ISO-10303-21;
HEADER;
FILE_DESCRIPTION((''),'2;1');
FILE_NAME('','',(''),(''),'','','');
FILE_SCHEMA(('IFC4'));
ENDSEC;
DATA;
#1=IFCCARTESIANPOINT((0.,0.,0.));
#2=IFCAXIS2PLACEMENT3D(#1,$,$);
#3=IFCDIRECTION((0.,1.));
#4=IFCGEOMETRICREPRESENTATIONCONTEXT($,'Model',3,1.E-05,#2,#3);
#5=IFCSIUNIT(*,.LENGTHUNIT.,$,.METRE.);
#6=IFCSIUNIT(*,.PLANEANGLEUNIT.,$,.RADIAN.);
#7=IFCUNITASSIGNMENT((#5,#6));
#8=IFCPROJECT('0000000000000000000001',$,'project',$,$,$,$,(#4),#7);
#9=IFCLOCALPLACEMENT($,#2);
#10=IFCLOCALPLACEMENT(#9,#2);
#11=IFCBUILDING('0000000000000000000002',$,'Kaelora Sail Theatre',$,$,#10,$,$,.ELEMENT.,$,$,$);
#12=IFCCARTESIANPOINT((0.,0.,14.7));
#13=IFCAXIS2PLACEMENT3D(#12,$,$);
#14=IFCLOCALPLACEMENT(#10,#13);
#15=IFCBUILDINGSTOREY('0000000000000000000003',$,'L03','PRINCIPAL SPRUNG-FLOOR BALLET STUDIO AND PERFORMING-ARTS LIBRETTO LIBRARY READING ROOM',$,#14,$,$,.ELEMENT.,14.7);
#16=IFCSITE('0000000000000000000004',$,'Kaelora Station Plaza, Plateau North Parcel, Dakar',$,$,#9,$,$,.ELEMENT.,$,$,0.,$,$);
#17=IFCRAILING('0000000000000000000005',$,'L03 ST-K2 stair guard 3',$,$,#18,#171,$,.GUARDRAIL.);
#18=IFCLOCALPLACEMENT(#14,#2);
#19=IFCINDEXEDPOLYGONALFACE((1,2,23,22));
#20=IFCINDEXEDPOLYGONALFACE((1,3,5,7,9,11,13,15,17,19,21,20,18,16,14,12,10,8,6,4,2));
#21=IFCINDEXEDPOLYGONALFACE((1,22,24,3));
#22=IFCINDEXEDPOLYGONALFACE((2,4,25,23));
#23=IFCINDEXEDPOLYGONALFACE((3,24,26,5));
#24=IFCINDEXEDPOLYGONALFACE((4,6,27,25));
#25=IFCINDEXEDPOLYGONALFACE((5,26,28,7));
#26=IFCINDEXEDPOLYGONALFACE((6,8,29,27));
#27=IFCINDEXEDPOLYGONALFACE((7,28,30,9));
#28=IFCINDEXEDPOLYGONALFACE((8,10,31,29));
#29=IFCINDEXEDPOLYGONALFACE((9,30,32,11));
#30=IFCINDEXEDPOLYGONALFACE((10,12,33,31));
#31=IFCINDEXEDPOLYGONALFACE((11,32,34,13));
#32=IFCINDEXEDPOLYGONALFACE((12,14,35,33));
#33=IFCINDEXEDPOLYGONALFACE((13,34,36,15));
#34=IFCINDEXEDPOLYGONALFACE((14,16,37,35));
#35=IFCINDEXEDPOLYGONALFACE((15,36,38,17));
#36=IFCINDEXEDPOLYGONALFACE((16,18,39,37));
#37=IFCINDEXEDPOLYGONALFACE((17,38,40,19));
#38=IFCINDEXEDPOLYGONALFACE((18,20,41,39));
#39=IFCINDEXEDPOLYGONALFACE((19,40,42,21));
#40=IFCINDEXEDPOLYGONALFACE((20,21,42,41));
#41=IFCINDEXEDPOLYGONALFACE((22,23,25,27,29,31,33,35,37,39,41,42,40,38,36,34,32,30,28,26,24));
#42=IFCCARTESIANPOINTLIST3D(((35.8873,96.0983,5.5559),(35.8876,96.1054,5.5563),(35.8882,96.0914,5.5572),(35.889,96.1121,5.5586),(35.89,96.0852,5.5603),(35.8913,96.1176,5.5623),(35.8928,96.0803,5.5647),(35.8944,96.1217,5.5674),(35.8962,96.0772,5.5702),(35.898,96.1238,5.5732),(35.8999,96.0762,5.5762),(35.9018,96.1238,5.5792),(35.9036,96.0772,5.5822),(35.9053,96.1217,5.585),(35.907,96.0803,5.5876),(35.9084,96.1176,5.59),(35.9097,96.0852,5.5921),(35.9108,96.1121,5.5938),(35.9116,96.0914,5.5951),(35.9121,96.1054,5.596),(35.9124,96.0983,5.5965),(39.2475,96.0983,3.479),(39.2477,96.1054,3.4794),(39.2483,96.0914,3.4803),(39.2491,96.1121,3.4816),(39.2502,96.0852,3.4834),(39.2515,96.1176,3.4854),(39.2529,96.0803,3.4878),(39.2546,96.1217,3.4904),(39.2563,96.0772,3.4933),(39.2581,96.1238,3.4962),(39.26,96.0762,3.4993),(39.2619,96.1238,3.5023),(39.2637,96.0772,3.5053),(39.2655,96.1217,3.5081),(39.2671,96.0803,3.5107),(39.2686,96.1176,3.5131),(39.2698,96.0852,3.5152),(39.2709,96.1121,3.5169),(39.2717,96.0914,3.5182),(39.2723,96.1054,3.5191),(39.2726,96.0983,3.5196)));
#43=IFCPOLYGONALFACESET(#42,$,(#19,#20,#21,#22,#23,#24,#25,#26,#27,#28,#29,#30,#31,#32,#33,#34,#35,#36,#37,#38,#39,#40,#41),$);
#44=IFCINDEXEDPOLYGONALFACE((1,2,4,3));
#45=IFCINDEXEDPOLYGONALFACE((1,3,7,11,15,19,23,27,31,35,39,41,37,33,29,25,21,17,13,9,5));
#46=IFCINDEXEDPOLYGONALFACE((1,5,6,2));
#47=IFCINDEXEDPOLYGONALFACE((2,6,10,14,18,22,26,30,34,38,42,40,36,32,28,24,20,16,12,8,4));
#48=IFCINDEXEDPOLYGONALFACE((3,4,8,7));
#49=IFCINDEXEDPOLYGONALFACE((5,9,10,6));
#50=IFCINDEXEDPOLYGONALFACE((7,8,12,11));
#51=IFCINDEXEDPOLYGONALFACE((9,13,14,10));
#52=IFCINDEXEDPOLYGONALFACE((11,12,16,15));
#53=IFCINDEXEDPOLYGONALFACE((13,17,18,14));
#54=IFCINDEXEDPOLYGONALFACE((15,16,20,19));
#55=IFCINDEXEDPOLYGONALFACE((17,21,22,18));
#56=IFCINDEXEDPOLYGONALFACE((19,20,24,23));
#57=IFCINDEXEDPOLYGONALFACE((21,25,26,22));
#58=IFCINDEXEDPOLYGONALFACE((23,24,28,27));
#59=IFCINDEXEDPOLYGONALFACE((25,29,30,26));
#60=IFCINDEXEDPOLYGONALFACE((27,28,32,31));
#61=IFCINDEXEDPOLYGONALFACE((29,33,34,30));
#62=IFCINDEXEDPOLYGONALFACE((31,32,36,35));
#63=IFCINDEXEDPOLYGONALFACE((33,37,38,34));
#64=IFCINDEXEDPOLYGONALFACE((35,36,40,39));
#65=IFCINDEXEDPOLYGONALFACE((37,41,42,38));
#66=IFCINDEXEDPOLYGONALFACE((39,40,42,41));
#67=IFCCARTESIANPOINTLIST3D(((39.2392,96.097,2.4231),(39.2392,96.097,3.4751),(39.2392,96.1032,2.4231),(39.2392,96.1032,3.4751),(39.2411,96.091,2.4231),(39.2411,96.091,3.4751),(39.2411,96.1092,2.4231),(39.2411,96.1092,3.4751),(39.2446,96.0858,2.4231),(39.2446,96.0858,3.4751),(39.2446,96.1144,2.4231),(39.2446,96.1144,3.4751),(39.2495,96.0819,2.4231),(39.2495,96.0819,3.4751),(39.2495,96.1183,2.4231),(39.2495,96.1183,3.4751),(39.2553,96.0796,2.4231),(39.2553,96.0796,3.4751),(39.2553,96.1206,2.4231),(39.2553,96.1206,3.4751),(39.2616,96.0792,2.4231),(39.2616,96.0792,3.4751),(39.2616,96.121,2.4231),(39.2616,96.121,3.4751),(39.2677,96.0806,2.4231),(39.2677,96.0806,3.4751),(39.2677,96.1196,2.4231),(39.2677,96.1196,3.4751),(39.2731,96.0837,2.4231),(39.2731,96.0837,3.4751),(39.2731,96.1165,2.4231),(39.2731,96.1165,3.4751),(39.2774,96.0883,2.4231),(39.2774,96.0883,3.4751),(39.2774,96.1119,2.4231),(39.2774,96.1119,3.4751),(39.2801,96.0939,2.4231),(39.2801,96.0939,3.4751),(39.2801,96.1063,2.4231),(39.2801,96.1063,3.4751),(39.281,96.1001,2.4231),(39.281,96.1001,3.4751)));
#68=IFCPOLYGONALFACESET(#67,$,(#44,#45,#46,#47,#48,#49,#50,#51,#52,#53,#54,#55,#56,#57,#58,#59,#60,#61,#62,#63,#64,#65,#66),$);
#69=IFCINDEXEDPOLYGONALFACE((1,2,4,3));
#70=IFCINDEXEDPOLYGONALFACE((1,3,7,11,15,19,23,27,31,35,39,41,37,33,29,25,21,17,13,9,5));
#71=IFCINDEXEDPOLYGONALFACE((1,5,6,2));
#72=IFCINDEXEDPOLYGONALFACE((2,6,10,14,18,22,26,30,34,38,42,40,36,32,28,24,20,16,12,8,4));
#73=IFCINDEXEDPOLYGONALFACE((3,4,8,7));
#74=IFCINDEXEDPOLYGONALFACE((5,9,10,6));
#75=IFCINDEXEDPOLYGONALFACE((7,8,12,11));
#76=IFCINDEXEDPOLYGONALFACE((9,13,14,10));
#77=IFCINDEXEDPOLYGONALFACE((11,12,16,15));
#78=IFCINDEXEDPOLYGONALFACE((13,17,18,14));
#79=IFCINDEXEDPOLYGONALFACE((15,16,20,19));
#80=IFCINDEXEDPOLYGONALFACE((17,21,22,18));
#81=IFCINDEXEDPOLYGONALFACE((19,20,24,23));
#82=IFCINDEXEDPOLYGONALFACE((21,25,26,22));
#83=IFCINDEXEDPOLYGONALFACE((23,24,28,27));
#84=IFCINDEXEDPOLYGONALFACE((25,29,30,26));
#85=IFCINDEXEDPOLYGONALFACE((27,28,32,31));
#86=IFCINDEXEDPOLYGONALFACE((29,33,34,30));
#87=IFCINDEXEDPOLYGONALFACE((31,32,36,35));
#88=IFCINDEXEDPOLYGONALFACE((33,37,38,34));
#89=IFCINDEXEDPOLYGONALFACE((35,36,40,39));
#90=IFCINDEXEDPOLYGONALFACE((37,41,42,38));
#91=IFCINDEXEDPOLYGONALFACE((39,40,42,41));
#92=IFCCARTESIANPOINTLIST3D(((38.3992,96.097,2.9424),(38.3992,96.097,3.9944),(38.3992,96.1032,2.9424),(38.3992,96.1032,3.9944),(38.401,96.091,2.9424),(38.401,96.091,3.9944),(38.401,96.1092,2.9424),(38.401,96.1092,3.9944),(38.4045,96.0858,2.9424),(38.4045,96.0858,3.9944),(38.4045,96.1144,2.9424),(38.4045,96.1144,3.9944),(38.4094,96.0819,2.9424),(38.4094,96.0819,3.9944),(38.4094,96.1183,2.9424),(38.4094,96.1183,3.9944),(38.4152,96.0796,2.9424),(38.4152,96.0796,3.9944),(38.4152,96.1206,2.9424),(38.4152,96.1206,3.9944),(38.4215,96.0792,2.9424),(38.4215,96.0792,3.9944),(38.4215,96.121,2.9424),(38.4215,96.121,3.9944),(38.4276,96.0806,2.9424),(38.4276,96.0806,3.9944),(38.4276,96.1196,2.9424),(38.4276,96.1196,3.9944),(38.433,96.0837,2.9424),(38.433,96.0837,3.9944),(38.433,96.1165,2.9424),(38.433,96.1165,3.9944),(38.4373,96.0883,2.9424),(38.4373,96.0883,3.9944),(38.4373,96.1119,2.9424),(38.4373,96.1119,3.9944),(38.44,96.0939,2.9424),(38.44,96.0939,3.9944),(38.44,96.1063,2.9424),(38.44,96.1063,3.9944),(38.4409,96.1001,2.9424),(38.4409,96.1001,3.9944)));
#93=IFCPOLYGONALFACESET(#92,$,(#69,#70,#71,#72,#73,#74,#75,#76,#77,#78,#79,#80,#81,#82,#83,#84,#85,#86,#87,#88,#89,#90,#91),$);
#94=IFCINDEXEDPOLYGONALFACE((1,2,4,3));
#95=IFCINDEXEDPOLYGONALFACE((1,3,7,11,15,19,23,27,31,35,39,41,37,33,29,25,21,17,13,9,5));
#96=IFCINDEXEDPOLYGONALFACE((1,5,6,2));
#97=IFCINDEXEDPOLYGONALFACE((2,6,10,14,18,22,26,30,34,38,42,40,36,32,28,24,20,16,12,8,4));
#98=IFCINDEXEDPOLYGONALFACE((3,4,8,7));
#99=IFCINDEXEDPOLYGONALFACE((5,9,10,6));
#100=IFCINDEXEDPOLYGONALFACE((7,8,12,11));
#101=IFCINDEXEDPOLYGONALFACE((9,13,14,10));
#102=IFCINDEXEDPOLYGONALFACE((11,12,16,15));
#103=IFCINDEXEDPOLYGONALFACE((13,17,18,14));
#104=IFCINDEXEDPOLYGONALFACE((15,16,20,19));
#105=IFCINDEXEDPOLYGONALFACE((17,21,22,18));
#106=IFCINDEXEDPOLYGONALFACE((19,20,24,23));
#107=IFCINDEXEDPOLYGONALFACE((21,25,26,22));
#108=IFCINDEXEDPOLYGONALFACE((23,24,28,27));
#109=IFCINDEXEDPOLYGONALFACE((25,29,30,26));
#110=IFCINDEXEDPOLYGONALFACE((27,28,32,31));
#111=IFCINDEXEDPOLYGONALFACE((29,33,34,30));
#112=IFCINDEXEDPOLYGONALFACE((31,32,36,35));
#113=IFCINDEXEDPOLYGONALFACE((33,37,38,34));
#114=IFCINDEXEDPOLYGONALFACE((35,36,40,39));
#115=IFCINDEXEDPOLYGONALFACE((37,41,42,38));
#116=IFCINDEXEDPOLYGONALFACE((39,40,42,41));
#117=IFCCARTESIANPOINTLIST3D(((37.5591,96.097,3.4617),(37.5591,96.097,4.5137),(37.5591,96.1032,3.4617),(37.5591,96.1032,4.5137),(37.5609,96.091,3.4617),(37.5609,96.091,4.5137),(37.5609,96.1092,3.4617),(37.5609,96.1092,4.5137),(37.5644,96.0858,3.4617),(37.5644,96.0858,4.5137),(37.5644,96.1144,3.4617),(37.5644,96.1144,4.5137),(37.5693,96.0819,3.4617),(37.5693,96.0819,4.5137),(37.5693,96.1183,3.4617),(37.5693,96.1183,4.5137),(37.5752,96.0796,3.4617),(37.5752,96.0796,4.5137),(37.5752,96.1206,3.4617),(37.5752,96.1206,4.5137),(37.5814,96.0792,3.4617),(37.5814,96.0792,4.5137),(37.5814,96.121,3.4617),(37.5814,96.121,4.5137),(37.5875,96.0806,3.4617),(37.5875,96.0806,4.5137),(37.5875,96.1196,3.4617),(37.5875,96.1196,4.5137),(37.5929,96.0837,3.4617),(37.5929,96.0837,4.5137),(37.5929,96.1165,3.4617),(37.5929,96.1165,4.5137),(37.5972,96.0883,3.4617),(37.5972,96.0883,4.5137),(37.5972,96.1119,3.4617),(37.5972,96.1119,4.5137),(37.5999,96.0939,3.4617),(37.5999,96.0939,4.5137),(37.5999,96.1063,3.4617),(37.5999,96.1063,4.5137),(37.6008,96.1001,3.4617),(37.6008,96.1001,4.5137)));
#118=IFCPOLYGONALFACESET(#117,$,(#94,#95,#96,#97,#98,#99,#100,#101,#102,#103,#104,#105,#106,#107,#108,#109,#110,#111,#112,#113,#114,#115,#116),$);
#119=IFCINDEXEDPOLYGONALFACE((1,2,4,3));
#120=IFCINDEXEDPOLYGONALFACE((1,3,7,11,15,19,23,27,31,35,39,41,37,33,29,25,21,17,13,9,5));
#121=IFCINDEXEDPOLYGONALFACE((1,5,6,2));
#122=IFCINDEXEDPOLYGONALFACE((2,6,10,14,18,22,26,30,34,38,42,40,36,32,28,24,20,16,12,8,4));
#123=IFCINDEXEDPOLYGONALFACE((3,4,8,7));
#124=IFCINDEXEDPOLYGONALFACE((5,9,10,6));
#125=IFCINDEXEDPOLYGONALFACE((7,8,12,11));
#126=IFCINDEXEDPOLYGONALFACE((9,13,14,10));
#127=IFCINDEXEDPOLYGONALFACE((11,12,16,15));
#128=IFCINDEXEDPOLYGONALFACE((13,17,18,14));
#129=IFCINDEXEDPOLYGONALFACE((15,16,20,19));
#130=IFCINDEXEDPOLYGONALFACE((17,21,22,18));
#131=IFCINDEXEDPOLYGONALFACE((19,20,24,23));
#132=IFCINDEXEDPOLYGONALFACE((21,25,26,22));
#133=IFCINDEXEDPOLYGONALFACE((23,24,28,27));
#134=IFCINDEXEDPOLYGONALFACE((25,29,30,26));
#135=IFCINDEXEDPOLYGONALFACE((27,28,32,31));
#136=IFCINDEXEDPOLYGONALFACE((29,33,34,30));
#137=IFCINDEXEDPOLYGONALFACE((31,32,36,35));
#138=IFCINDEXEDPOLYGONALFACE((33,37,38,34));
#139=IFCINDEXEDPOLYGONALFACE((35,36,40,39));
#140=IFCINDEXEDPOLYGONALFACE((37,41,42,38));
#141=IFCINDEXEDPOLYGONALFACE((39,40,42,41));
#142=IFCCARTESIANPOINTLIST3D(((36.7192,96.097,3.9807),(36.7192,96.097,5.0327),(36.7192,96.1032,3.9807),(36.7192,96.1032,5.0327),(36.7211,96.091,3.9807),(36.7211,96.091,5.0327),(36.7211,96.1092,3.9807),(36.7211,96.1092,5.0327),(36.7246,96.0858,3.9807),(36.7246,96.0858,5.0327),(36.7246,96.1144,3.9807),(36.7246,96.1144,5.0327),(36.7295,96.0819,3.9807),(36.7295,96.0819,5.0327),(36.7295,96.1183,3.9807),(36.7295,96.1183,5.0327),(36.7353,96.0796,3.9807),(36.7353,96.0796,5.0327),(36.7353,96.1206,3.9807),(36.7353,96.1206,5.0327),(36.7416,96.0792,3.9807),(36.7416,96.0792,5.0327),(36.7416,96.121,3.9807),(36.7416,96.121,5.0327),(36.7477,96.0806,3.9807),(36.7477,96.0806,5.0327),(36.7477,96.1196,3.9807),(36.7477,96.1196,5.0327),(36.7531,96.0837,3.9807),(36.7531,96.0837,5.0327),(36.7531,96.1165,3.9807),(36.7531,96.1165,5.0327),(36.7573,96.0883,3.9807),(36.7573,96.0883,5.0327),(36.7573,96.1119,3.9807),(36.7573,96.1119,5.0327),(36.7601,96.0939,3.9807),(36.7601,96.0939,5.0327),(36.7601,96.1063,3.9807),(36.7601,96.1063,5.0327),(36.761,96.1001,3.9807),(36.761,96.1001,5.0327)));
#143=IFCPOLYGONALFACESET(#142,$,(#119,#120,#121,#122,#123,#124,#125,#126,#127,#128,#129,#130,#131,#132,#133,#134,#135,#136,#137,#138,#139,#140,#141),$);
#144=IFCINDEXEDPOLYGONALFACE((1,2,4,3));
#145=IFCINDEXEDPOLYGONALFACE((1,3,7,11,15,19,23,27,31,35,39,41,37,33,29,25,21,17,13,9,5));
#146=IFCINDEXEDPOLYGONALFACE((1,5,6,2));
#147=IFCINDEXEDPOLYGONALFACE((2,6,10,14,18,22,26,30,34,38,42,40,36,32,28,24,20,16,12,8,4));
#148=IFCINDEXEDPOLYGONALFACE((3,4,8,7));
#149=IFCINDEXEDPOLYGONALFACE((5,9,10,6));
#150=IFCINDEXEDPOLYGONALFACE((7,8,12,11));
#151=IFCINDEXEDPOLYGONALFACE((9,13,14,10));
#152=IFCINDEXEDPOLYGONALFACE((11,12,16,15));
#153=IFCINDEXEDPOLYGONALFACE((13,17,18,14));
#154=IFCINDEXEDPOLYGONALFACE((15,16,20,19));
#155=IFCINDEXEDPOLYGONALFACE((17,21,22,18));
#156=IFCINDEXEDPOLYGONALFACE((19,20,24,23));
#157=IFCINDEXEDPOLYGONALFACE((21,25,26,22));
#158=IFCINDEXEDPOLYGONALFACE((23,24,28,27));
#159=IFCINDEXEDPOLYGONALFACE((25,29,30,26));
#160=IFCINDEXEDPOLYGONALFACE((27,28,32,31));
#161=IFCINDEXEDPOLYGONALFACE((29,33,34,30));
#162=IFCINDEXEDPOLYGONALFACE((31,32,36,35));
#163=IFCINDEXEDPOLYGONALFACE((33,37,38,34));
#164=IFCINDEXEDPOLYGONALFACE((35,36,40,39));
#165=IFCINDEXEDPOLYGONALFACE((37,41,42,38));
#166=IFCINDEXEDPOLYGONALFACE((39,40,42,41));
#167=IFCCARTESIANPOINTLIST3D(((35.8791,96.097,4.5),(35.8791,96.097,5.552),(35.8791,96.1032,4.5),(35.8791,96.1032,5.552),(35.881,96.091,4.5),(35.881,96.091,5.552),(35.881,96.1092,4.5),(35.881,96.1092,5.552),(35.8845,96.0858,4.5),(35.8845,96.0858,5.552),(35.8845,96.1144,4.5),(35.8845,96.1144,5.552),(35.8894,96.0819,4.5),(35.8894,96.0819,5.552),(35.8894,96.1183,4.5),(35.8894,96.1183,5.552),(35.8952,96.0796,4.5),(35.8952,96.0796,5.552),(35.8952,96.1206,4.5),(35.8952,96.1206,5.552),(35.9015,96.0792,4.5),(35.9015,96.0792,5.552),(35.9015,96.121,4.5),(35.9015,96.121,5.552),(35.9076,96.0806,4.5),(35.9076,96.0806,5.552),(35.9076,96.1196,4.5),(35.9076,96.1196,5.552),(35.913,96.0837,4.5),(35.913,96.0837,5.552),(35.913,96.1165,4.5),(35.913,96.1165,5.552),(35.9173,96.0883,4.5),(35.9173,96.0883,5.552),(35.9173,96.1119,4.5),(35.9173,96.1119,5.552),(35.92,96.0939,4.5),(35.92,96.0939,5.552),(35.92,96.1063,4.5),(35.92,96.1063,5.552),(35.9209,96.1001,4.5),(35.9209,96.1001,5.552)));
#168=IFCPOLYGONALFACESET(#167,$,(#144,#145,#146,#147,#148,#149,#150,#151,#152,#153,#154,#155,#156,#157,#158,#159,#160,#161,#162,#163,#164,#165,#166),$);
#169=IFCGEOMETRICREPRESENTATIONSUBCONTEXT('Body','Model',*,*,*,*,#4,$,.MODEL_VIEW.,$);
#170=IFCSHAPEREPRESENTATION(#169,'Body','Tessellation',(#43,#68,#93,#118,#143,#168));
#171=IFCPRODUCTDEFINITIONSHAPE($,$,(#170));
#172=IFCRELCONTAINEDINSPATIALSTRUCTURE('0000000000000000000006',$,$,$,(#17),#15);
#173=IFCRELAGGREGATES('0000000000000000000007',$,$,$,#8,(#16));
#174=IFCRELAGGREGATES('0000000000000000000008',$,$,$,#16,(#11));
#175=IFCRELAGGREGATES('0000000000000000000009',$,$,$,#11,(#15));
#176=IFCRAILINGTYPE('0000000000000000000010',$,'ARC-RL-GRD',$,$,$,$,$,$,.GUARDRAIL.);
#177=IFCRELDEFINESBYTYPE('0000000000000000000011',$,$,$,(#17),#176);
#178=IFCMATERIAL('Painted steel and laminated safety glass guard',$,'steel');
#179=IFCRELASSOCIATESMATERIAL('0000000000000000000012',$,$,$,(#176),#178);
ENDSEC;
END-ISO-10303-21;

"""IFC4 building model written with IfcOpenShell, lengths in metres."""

from ifc_helpers import new_model, si_unit, direction, frame, origin, origin_2d, place, context, subcontext, project, spatial, circle, extrude, material, type_object, element, save


model = new_model("IFC4")

# Units and contexts
model_context = context("Model", 3, precision=1e-05, world=origin(), true_north=direction((0.0, 1.0)))
body_context = subcontext(model_context, "Body", "Model", "MODEL_VIEW")
ifc_project = project(units=[si_unit("LENGTHUNIT", "METRE"), si_unit("PLANEANGLEUNIT", "RADIAN")], contexts=[model_context])

# Site, building, storey
site_placement = place(None, origin())
site = spatial("IfcSite", under=ifc_project, at=site_placement, Name="Kaelora Station Plaza, Plateau North Parcel, Dakar", CompositionType="ELEMENT", RefElevation=0.0)
building_placement = place(site_placement, origin())
building = spatial("IfcBuilding", under=site, at=building_placement, Name="Kaelora Sail Theatre", CompositionType="ELEMENT")
storey_placement = place(building_placement, frame((0.0, 0.0, 14.7)))
storey = spatial("IfcBuildingStorey", under=building, at=storey_placement, Name="L03", Description="PRINCIPAL SPRUNG-FLOOR BALLET STUDIO AND PERFORMING-ARTS LIBRETTO LIBRARY READING ROOM", CompositionType="ELEMENT", Elevation=14.7)

# Railing
ifc_material_1 = material(Name="Painted steel and laminated safety glass guard", Category="steel")
railing_type_1 = type_object("IfcRailingType", Name="ARC-RL-GRD", PredefinedType="GUARDRAIL", material=ifc_material_1)
railing_1_placement = place(storey_placement, frame((39.26, 96.1001, 2.4231)))
element("IfcRailing", 1, at=railing_1_placement, inside=storey, type_object=railing_type_1, Name="L03 ST-K2 stair guard 3", PredefinedType="GUARDRAIL", context=body_context, shape_type="SweptSolid", body=[
    extrude(circle(Radius=0.0239, at=origin_2d()), frame((0.0, 0.0, 1.0762), z_axis=(-0.850623, 0.0, 0.525776), x_axis=(0.0, -1.0, 0.0)), (0.0, 0.0, 1.0), 3.9502),
    extrude(circle(Radius=0.021, at=origin_2d()), origin(), (0.0, 0.0, 1.0), 1.052),
    extrude(circle(Radius=0.021, at=origin_2d()), frame((-0.8401, 0.0, 0.5193)), (0.0, 0.0, 1.0), 1.052),
    extrude(circle(Radius=0.021, at=origin_2d()), frame((-1.6802, 0.0, 1.0386)), (0.0, 0.0, 1.0), 1.052),
    extrude(circle(Radius=0.021, at=origin_2d()), frame((-2.52, 0.0, 1.5576)), (0.0, 0.0, 1.0), 1.052),
    extrude(circle(Radius=0.021, at=origin_2d()), frame((-3.3601, 0.0, 2.0769)), (0.0, 0.0, 1.0), 1.052),
])

save(model, "model.ifc")
